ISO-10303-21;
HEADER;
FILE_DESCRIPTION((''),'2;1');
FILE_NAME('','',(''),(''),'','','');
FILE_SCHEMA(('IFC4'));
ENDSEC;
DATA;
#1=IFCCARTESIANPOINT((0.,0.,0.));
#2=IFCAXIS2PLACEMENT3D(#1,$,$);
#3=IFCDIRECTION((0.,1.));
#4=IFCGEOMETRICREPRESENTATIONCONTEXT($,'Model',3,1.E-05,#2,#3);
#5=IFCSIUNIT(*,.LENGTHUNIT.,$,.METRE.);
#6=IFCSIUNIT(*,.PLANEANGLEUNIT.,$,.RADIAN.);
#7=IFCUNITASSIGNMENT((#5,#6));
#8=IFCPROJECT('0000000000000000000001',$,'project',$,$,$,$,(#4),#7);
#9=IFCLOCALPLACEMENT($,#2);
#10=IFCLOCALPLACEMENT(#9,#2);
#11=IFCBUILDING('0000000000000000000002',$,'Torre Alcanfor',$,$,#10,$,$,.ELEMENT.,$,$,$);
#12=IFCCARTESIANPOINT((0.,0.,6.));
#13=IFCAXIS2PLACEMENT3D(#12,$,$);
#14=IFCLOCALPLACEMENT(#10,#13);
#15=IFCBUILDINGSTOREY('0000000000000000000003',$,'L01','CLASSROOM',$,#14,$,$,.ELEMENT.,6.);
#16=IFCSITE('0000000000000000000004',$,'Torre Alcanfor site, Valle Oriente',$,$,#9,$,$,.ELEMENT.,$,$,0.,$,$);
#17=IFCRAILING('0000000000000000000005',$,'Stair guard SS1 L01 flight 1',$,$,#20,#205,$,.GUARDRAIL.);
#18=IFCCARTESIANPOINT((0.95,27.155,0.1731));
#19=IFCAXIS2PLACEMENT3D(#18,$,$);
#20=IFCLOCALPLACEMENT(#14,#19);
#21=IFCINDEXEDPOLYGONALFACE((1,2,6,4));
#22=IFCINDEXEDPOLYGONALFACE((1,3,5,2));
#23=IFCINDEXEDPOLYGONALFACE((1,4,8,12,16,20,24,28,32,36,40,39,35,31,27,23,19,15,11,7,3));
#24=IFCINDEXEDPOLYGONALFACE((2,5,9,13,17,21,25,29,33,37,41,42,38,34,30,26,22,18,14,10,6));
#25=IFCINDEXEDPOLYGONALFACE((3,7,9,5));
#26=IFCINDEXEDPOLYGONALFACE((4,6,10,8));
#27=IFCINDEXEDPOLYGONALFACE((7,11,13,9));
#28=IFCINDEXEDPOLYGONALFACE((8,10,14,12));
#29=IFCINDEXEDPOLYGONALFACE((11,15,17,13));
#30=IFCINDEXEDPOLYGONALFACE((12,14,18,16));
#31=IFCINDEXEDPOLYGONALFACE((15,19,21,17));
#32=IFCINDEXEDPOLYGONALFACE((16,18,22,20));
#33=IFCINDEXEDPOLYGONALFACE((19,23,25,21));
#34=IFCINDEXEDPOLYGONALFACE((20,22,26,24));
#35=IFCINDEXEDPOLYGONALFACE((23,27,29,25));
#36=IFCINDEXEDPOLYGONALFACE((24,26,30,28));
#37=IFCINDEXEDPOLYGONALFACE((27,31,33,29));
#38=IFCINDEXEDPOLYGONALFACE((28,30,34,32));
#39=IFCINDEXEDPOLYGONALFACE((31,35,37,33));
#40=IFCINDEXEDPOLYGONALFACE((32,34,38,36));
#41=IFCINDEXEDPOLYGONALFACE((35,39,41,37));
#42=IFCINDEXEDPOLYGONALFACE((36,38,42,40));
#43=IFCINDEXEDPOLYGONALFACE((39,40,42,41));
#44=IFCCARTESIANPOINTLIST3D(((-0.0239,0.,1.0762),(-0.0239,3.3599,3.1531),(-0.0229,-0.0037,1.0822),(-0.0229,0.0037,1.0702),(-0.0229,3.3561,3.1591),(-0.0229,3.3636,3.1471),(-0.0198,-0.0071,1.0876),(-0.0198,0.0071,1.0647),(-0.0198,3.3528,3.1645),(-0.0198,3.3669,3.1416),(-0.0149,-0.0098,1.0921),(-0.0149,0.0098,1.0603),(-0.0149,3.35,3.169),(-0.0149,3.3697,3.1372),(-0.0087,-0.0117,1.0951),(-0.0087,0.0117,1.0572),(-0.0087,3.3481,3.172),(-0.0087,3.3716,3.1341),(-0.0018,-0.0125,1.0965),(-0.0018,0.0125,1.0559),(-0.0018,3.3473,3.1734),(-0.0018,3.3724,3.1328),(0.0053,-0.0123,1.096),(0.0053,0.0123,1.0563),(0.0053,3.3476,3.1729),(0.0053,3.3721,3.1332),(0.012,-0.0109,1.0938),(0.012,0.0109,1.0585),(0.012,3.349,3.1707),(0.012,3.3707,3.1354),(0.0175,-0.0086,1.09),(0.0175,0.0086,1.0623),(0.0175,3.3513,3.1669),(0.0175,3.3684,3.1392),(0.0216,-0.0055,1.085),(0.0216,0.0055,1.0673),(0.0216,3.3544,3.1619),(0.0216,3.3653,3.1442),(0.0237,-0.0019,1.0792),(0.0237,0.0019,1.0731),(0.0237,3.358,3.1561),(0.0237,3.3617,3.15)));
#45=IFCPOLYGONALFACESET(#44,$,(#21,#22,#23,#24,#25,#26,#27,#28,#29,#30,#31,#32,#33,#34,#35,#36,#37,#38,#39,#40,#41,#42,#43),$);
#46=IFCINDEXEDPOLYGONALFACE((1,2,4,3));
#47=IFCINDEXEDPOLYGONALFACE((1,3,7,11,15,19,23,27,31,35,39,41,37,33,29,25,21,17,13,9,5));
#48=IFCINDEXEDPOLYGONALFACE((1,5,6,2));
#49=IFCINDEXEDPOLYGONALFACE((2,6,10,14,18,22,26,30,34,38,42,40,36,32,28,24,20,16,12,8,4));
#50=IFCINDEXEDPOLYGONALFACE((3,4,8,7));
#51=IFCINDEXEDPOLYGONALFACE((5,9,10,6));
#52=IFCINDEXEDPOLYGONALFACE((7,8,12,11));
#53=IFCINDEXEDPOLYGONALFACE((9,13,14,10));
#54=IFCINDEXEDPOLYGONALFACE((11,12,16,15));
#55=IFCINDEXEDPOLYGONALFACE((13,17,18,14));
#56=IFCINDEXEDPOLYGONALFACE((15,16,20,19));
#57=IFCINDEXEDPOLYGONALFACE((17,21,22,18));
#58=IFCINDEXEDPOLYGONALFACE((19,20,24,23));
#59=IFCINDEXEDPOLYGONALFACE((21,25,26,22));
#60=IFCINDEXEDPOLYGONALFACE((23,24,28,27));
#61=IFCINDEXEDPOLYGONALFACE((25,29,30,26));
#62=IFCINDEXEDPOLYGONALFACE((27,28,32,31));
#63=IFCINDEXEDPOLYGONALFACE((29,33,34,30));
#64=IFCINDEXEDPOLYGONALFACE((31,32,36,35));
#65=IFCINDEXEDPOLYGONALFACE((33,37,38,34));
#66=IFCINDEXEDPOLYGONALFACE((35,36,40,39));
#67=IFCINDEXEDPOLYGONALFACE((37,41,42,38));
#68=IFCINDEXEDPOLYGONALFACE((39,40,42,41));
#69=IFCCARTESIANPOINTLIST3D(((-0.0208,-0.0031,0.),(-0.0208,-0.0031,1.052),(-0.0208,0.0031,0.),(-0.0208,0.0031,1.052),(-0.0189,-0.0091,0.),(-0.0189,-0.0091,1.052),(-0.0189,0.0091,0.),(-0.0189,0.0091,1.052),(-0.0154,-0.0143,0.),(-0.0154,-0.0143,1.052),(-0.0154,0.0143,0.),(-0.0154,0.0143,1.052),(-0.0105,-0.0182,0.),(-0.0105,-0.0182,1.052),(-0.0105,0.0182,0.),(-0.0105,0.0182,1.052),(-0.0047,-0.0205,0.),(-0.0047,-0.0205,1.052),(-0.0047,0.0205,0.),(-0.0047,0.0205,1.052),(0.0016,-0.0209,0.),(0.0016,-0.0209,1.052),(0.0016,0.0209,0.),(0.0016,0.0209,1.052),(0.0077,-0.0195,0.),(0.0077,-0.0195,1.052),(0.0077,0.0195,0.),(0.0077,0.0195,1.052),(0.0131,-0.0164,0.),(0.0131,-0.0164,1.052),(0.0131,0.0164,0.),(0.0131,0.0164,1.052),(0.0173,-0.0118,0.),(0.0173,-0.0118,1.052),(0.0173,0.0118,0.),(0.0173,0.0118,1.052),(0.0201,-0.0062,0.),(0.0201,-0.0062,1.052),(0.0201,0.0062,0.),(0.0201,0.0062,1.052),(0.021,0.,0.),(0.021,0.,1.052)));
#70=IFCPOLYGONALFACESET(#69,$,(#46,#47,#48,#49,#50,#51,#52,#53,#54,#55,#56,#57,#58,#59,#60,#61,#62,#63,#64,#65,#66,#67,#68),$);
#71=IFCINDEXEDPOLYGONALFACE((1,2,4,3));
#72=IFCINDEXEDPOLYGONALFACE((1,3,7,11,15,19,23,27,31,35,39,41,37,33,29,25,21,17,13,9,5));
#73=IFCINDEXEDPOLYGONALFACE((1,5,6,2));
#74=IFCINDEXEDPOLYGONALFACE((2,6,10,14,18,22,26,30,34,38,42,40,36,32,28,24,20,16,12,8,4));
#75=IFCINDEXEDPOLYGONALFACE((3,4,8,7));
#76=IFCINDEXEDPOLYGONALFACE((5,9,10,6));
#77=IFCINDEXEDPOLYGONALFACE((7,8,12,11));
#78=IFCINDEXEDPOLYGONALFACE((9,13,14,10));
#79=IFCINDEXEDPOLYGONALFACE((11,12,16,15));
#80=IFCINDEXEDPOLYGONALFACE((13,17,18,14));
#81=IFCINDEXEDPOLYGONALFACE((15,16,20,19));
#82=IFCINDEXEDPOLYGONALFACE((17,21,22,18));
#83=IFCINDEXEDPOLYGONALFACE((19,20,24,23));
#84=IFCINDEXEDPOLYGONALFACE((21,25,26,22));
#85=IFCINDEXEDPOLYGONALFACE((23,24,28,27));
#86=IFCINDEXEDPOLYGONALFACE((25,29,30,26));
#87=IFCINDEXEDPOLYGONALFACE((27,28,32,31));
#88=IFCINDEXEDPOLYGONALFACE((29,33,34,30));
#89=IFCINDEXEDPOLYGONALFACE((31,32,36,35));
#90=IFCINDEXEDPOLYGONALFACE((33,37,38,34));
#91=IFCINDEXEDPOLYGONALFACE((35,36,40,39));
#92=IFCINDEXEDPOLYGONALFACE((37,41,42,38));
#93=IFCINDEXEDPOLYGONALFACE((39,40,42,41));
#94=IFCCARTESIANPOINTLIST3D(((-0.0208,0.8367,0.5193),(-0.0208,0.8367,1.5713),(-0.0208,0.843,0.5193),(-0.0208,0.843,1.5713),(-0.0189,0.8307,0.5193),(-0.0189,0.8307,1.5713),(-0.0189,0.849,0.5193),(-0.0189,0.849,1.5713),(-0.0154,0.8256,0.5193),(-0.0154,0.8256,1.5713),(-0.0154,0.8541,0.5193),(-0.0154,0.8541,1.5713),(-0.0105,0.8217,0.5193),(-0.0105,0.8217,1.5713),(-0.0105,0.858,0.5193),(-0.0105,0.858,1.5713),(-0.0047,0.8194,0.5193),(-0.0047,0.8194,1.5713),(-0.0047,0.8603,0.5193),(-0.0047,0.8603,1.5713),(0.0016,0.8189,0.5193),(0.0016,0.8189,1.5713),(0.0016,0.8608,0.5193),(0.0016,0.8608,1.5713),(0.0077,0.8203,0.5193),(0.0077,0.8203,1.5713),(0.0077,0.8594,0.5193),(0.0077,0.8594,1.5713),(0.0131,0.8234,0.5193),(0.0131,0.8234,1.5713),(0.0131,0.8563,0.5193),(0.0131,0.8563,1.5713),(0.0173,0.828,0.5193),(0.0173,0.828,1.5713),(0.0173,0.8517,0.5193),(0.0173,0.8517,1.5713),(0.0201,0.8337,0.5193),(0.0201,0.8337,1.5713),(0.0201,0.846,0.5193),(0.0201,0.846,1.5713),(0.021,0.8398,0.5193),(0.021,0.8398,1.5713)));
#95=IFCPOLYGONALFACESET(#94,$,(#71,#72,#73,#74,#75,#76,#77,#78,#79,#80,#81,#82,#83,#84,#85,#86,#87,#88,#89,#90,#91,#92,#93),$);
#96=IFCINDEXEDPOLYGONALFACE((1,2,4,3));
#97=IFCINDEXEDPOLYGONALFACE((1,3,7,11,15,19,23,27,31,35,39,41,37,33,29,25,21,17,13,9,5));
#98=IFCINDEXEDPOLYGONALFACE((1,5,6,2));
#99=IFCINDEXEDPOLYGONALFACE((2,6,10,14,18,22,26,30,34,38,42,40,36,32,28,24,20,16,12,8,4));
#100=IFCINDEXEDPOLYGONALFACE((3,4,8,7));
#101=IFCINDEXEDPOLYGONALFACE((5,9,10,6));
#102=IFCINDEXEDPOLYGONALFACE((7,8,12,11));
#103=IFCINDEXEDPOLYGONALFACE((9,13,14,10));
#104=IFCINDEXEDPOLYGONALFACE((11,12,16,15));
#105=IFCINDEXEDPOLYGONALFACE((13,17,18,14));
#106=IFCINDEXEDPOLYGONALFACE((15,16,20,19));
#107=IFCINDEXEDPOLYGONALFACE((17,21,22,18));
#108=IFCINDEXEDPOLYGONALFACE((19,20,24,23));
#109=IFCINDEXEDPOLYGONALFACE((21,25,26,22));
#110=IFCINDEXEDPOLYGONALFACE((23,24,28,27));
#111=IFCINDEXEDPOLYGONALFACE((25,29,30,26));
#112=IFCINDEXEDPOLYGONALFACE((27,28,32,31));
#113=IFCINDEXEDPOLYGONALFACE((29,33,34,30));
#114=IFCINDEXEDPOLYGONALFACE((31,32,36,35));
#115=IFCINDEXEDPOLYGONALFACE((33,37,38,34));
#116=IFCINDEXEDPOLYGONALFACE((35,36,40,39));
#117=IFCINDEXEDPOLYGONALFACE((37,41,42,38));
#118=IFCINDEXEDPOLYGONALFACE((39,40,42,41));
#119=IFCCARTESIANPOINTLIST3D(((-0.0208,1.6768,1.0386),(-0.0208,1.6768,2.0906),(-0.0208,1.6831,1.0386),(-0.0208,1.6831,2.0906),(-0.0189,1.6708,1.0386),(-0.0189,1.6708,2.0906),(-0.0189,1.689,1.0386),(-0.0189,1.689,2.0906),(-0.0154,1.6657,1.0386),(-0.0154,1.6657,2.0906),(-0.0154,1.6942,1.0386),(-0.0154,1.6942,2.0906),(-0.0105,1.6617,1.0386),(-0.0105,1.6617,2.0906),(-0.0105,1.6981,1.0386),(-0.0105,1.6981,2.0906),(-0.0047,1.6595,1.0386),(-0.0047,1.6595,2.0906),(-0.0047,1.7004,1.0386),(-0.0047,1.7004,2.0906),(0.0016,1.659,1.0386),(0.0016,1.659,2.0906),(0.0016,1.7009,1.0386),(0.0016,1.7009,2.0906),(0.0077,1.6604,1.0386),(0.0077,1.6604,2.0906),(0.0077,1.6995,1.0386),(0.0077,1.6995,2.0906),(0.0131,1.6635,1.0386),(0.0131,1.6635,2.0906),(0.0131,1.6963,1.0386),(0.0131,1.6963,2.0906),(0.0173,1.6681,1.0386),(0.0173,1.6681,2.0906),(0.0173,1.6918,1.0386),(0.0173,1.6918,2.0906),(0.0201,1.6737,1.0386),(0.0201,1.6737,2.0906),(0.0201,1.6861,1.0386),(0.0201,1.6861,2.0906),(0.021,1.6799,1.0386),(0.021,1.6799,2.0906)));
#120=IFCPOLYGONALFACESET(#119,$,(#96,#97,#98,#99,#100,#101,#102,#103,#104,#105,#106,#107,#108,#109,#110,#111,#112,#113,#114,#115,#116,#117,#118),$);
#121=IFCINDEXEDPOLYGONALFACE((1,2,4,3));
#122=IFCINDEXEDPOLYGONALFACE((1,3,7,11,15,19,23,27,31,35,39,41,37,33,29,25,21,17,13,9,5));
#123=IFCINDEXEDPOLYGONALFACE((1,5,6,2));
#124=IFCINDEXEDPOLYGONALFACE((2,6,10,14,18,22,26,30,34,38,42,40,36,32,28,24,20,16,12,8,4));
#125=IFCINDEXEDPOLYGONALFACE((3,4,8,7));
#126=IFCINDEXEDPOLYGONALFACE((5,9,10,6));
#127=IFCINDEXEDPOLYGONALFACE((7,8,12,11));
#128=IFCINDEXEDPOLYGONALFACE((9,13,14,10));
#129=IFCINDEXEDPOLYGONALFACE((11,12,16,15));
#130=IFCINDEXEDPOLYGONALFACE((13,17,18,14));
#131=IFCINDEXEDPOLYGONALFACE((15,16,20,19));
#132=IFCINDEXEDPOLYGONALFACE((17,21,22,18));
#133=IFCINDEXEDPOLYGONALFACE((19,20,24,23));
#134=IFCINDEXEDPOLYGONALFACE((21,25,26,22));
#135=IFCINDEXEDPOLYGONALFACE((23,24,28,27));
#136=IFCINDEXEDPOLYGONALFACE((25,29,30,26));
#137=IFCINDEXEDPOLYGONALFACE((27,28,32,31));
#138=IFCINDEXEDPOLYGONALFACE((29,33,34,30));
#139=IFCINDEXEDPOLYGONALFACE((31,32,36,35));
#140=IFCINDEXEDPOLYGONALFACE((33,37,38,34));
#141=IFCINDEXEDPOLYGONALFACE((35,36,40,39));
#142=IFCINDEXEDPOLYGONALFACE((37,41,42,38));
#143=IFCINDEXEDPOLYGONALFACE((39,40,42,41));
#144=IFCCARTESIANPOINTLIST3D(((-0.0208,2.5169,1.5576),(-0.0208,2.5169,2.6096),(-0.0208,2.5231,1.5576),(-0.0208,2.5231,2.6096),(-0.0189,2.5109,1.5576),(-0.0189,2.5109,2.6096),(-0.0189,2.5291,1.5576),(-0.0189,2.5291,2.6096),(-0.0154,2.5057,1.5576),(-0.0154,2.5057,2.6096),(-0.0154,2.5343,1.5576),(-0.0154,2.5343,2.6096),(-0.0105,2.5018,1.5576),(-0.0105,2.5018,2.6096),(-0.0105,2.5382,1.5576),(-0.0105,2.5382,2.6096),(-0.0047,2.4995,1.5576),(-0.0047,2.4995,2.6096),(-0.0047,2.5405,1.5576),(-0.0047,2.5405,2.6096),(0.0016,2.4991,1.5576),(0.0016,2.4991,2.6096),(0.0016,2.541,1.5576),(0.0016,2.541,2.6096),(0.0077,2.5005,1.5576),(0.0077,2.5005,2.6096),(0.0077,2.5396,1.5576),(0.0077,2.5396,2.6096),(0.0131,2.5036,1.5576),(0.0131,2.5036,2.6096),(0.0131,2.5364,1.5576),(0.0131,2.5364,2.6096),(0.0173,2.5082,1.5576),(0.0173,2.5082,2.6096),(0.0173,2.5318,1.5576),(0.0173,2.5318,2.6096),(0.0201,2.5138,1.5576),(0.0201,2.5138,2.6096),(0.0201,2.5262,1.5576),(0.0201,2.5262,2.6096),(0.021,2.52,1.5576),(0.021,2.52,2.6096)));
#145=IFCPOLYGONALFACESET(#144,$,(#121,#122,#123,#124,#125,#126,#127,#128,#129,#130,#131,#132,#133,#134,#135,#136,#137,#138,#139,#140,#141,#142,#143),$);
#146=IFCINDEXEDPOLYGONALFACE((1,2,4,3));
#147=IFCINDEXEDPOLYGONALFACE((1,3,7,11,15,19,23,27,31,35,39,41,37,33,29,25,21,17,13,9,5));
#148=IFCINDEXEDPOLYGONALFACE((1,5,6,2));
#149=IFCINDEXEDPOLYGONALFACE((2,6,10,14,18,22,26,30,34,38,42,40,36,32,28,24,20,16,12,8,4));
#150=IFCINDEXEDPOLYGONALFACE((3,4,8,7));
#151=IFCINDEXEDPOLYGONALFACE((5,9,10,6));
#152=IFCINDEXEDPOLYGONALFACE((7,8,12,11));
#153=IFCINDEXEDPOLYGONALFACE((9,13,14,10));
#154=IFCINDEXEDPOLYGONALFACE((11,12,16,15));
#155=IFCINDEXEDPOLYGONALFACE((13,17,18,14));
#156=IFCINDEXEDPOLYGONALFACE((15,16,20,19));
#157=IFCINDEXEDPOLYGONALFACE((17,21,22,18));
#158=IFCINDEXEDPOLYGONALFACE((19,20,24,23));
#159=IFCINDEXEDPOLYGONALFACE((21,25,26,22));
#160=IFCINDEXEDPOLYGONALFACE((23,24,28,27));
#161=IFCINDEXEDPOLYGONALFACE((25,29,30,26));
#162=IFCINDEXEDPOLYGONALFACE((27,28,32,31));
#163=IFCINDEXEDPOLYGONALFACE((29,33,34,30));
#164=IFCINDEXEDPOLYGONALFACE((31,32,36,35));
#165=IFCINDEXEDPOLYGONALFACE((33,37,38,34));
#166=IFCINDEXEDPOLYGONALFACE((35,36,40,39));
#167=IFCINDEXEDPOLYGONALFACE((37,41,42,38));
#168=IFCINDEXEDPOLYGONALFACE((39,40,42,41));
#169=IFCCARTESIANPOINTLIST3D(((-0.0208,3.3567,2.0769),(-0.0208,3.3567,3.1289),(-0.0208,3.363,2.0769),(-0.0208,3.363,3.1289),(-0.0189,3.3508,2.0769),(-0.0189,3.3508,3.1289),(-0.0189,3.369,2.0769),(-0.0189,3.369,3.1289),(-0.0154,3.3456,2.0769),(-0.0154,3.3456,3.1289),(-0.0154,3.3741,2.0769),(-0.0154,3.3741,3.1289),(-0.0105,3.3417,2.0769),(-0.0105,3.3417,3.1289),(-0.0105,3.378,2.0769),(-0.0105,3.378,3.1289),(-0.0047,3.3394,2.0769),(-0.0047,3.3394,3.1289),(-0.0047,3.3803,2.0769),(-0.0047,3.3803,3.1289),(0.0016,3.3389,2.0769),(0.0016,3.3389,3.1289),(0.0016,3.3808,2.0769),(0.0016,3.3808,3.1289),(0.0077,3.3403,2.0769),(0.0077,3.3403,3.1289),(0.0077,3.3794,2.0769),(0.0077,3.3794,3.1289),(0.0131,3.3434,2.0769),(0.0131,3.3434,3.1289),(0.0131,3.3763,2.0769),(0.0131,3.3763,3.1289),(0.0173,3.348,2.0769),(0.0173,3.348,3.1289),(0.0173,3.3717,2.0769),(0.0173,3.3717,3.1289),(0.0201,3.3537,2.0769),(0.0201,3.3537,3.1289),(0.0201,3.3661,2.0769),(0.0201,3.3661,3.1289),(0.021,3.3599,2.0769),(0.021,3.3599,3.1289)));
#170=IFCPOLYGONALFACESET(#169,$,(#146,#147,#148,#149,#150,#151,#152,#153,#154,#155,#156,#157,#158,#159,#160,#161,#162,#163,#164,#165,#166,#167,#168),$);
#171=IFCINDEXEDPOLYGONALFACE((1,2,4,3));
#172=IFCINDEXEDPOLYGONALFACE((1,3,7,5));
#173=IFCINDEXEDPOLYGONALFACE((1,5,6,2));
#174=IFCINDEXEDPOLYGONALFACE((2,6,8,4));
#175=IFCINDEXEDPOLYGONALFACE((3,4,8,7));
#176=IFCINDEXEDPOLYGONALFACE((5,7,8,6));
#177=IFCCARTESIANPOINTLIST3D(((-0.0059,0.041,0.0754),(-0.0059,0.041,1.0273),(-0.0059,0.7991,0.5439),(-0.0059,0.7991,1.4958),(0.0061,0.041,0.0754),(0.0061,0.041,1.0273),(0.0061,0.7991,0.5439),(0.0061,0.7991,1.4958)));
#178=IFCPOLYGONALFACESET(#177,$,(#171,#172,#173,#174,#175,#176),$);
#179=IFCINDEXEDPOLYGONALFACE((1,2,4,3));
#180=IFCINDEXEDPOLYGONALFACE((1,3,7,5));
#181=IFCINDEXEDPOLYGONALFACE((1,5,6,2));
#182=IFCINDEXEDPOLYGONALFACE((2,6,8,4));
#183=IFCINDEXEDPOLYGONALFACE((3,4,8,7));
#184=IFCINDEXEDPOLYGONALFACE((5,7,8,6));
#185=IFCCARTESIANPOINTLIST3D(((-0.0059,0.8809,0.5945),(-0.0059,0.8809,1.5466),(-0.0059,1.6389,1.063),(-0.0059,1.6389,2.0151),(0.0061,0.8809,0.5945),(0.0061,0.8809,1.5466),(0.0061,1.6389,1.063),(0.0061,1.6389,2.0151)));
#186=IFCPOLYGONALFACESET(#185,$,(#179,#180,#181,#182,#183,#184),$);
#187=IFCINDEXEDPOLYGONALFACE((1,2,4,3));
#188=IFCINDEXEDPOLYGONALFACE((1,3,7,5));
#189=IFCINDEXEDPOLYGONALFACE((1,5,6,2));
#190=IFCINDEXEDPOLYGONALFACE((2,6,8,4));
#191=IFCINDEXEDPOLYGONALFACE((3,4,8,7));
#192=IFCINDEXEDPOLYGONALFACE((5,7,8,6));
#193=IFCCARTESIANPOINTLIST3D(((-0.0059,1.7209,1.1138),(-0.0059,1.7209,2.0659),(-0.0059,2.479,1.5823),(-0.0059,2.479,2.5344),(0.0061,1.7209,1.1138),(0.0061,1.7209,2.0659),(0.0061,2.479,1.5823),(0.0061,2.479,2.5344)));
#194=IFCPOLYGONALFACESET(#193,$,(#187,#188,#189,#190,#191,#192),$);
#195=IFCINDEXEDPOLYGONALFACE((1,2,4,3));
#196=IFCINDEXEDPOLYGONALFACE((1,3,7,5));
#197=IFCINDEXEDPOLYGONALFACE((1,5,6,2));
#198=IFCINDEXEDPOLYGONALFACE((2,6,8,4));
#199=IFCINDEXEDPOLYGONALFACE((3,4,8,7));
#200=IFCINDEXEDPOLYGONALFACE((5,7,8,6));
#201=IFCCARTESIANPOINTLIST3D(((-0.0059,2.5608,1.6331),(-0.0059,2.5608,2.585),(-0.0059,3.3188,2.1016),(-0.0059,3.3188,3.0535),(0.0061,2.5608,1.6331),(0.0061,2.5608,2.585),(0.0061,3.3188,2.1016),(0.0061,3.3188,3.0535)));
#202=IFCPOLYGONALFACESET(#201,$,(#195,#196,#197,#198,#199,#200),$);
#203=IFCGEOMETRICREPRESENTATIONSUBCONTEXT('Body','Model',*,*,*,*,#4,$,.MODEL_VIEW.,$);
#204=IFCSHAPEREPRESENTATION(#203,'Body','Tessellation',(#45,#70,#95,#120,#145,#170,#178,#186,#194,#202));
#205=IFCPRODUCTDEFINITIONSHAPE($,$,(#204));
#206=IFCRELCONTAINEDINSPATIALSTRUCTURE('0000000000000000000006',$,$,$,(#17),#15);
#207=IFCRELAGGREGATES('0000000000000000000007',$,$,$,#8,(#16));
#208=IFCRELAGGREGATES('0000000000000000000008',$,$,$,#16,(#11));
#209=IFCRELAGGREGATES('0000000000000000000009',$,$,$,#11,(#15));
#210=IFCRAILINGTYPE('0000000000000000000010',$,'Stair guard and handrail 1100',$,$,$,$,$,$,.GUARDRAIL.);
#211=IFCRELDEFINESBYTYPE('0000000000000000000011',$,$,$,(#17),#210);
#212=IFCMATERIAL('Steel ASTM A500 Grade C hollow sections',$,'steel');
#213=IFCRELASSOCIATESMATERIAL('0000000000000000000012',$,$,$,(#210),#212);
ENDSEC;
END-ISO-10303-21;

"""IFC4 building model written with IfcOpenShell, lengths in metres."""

from ifc_helpers import new_model, si_unit, direction, frame, origin, origin_2d, place, context, subcontext, project, spatial, polyline, circle, outline, extrude, material, type_object, element, save


model = new_model("IFC4")

# Units and contexts
model_context = context("Model", 3, precision=1e-05, world=origin(), true_north=direction((0.0, 1.0)))
body_context = subcontext(model_context, "Body", "Model", "MODEL_VIEW")
ifc_project = project(units=[si_unit("LENGTHUNIT", "METRE"), si_unit("PLANEANGLEUNIT", "RADIAN")], contexts=[model_context])

# Site, building, storey
site_placement = place(None, origin())
site = spatial("IfcSite", under=ifc_project, at=site_placement, Name="Torre Alcanfor site, Valle Oriente", CompositionType="ELEMENT", RefElevation=0.0)
building_placement = place(site_placement, origin())
building = spatial("IfcBuilding", under=site, at=building_placement, Name="Torre Alcanfor", CompositionType="ELEMENT")
storey_placement = place(building_placement, frame((0.0, 0.0, 6.0)))
storey = spatial("IfcBuildingStorey", under=building, at=storey_placement, Name="L01", Description="CLASSROOM", CompositionType="ELEMENT", Elevation=6.0)

# Railing
ifc_material_1 = material(Name="Steel ASTM A500 Grade C hollow sections", Category="steel")
railing_type_1 = type_object("IfcRailingType", Name="Stair guard and handrail 1100", PredefinedType="GUARDRAIL", material=ifc_material_1)
railing_1_placement = place(storey_placement, frame((0.95, 27.155, 0.1731)))
element("IfcRailing", 1, at=railing_1_placement, inside=storey, type_object=railing_type_1, Name="Stair guard SS1 L01 flight 1", PredefinedType="GUARDRAIL", context=body_context, shape_type="SweptSolid", body=[
    extrude(circle(Radius=0.0239, at=origin_2d()), frame((0.0, 0.0, 1.0762), z_axis=(0.0, 0.850606, 0.525803), x_axis=(-1.0, 0.0, 0.0)), (0.0, 0.0, 1.0), 3.95),
    extrude(circle(Radius=0.021, at=origin_2d()), origin(), (0.0, 0.0, 1.0), 1.052),
    extrude(circle(Radius=0.021, at=origin_2d()), frame((0.0, 0.8398, 0.5193)), (0.0, 0.0, 1.0), 1.052),
    extrude(circle(Radius=0.021, at=origin_2d()), frame((0.0, 1.6799, 1.0386)), (0.0, 0.0, 1.0), 1.052),
    extrude(circle(Radius=0.021, at=origin_2d()), frame((0.0, 2.52, 1.5576)), (0.0, 0.0, 1.0), 1.052),
    extrude(circle(Radius=0.021, at=origin_2d()), frame((0.0, 3.3599, 2.0769)), (0.0, 0.0, 1.0), 1.052),
    extrude(outline(polyline([(0.041, 0.0754), (0.7991, 0.5439), (0.7991, 1.4958), (0.041, 1.0273), (0.041, 0.0754)])), frame((-0.0059, 0.0, 0.0), z_axis=(1.0, 0.0, 0.0), x_axis=(0.0, 1.0, 0.0)), (0.0, 0.0, 1.0), 0.012),
    extrude(outline(polyline([(0.8809, 0.5945), (1.6389, 1.063), (1.6389, 2.0151), (0.8809, 1.5466), (0.8809, 0.5945)])), frame((-0.0059, 0.0, 0.0), z_axis=(1.0, 0.0, 0.0), x_axis=(0.0, 1.0, 0.0)), (0.0, 0.0, 1.0), 0.012),
    extrude(outline(polyline([(1.7209, 1.1138), (2.479, 1.5823), (2.479, 2.5344), (1.7209, 2.0659), (1.7209, 1.1138)])), frame((-0.0059, 0.0, 0.0), z_axis=(1.0, 0.0, 0.0), x_axis=(0.0, 1.0, 0.0)), (0.0, 0.0, 1.0), 0.012),
    extrude(outline(polyline([(2.5608, 1.6331), (3.3188, 2.1016), (3.3188, 3.0535), (2.5608, 2.585), (2.5608, 1.6331)])), frame((-0.0059, 0.0, 0.0), z_axis=(1.0, 0.0, 0.0), x_axis=(0.0, 1.0, 0.0)), (0.0, 0.0, 1.0), 0.012),
])

save(model, "model.ifc")
